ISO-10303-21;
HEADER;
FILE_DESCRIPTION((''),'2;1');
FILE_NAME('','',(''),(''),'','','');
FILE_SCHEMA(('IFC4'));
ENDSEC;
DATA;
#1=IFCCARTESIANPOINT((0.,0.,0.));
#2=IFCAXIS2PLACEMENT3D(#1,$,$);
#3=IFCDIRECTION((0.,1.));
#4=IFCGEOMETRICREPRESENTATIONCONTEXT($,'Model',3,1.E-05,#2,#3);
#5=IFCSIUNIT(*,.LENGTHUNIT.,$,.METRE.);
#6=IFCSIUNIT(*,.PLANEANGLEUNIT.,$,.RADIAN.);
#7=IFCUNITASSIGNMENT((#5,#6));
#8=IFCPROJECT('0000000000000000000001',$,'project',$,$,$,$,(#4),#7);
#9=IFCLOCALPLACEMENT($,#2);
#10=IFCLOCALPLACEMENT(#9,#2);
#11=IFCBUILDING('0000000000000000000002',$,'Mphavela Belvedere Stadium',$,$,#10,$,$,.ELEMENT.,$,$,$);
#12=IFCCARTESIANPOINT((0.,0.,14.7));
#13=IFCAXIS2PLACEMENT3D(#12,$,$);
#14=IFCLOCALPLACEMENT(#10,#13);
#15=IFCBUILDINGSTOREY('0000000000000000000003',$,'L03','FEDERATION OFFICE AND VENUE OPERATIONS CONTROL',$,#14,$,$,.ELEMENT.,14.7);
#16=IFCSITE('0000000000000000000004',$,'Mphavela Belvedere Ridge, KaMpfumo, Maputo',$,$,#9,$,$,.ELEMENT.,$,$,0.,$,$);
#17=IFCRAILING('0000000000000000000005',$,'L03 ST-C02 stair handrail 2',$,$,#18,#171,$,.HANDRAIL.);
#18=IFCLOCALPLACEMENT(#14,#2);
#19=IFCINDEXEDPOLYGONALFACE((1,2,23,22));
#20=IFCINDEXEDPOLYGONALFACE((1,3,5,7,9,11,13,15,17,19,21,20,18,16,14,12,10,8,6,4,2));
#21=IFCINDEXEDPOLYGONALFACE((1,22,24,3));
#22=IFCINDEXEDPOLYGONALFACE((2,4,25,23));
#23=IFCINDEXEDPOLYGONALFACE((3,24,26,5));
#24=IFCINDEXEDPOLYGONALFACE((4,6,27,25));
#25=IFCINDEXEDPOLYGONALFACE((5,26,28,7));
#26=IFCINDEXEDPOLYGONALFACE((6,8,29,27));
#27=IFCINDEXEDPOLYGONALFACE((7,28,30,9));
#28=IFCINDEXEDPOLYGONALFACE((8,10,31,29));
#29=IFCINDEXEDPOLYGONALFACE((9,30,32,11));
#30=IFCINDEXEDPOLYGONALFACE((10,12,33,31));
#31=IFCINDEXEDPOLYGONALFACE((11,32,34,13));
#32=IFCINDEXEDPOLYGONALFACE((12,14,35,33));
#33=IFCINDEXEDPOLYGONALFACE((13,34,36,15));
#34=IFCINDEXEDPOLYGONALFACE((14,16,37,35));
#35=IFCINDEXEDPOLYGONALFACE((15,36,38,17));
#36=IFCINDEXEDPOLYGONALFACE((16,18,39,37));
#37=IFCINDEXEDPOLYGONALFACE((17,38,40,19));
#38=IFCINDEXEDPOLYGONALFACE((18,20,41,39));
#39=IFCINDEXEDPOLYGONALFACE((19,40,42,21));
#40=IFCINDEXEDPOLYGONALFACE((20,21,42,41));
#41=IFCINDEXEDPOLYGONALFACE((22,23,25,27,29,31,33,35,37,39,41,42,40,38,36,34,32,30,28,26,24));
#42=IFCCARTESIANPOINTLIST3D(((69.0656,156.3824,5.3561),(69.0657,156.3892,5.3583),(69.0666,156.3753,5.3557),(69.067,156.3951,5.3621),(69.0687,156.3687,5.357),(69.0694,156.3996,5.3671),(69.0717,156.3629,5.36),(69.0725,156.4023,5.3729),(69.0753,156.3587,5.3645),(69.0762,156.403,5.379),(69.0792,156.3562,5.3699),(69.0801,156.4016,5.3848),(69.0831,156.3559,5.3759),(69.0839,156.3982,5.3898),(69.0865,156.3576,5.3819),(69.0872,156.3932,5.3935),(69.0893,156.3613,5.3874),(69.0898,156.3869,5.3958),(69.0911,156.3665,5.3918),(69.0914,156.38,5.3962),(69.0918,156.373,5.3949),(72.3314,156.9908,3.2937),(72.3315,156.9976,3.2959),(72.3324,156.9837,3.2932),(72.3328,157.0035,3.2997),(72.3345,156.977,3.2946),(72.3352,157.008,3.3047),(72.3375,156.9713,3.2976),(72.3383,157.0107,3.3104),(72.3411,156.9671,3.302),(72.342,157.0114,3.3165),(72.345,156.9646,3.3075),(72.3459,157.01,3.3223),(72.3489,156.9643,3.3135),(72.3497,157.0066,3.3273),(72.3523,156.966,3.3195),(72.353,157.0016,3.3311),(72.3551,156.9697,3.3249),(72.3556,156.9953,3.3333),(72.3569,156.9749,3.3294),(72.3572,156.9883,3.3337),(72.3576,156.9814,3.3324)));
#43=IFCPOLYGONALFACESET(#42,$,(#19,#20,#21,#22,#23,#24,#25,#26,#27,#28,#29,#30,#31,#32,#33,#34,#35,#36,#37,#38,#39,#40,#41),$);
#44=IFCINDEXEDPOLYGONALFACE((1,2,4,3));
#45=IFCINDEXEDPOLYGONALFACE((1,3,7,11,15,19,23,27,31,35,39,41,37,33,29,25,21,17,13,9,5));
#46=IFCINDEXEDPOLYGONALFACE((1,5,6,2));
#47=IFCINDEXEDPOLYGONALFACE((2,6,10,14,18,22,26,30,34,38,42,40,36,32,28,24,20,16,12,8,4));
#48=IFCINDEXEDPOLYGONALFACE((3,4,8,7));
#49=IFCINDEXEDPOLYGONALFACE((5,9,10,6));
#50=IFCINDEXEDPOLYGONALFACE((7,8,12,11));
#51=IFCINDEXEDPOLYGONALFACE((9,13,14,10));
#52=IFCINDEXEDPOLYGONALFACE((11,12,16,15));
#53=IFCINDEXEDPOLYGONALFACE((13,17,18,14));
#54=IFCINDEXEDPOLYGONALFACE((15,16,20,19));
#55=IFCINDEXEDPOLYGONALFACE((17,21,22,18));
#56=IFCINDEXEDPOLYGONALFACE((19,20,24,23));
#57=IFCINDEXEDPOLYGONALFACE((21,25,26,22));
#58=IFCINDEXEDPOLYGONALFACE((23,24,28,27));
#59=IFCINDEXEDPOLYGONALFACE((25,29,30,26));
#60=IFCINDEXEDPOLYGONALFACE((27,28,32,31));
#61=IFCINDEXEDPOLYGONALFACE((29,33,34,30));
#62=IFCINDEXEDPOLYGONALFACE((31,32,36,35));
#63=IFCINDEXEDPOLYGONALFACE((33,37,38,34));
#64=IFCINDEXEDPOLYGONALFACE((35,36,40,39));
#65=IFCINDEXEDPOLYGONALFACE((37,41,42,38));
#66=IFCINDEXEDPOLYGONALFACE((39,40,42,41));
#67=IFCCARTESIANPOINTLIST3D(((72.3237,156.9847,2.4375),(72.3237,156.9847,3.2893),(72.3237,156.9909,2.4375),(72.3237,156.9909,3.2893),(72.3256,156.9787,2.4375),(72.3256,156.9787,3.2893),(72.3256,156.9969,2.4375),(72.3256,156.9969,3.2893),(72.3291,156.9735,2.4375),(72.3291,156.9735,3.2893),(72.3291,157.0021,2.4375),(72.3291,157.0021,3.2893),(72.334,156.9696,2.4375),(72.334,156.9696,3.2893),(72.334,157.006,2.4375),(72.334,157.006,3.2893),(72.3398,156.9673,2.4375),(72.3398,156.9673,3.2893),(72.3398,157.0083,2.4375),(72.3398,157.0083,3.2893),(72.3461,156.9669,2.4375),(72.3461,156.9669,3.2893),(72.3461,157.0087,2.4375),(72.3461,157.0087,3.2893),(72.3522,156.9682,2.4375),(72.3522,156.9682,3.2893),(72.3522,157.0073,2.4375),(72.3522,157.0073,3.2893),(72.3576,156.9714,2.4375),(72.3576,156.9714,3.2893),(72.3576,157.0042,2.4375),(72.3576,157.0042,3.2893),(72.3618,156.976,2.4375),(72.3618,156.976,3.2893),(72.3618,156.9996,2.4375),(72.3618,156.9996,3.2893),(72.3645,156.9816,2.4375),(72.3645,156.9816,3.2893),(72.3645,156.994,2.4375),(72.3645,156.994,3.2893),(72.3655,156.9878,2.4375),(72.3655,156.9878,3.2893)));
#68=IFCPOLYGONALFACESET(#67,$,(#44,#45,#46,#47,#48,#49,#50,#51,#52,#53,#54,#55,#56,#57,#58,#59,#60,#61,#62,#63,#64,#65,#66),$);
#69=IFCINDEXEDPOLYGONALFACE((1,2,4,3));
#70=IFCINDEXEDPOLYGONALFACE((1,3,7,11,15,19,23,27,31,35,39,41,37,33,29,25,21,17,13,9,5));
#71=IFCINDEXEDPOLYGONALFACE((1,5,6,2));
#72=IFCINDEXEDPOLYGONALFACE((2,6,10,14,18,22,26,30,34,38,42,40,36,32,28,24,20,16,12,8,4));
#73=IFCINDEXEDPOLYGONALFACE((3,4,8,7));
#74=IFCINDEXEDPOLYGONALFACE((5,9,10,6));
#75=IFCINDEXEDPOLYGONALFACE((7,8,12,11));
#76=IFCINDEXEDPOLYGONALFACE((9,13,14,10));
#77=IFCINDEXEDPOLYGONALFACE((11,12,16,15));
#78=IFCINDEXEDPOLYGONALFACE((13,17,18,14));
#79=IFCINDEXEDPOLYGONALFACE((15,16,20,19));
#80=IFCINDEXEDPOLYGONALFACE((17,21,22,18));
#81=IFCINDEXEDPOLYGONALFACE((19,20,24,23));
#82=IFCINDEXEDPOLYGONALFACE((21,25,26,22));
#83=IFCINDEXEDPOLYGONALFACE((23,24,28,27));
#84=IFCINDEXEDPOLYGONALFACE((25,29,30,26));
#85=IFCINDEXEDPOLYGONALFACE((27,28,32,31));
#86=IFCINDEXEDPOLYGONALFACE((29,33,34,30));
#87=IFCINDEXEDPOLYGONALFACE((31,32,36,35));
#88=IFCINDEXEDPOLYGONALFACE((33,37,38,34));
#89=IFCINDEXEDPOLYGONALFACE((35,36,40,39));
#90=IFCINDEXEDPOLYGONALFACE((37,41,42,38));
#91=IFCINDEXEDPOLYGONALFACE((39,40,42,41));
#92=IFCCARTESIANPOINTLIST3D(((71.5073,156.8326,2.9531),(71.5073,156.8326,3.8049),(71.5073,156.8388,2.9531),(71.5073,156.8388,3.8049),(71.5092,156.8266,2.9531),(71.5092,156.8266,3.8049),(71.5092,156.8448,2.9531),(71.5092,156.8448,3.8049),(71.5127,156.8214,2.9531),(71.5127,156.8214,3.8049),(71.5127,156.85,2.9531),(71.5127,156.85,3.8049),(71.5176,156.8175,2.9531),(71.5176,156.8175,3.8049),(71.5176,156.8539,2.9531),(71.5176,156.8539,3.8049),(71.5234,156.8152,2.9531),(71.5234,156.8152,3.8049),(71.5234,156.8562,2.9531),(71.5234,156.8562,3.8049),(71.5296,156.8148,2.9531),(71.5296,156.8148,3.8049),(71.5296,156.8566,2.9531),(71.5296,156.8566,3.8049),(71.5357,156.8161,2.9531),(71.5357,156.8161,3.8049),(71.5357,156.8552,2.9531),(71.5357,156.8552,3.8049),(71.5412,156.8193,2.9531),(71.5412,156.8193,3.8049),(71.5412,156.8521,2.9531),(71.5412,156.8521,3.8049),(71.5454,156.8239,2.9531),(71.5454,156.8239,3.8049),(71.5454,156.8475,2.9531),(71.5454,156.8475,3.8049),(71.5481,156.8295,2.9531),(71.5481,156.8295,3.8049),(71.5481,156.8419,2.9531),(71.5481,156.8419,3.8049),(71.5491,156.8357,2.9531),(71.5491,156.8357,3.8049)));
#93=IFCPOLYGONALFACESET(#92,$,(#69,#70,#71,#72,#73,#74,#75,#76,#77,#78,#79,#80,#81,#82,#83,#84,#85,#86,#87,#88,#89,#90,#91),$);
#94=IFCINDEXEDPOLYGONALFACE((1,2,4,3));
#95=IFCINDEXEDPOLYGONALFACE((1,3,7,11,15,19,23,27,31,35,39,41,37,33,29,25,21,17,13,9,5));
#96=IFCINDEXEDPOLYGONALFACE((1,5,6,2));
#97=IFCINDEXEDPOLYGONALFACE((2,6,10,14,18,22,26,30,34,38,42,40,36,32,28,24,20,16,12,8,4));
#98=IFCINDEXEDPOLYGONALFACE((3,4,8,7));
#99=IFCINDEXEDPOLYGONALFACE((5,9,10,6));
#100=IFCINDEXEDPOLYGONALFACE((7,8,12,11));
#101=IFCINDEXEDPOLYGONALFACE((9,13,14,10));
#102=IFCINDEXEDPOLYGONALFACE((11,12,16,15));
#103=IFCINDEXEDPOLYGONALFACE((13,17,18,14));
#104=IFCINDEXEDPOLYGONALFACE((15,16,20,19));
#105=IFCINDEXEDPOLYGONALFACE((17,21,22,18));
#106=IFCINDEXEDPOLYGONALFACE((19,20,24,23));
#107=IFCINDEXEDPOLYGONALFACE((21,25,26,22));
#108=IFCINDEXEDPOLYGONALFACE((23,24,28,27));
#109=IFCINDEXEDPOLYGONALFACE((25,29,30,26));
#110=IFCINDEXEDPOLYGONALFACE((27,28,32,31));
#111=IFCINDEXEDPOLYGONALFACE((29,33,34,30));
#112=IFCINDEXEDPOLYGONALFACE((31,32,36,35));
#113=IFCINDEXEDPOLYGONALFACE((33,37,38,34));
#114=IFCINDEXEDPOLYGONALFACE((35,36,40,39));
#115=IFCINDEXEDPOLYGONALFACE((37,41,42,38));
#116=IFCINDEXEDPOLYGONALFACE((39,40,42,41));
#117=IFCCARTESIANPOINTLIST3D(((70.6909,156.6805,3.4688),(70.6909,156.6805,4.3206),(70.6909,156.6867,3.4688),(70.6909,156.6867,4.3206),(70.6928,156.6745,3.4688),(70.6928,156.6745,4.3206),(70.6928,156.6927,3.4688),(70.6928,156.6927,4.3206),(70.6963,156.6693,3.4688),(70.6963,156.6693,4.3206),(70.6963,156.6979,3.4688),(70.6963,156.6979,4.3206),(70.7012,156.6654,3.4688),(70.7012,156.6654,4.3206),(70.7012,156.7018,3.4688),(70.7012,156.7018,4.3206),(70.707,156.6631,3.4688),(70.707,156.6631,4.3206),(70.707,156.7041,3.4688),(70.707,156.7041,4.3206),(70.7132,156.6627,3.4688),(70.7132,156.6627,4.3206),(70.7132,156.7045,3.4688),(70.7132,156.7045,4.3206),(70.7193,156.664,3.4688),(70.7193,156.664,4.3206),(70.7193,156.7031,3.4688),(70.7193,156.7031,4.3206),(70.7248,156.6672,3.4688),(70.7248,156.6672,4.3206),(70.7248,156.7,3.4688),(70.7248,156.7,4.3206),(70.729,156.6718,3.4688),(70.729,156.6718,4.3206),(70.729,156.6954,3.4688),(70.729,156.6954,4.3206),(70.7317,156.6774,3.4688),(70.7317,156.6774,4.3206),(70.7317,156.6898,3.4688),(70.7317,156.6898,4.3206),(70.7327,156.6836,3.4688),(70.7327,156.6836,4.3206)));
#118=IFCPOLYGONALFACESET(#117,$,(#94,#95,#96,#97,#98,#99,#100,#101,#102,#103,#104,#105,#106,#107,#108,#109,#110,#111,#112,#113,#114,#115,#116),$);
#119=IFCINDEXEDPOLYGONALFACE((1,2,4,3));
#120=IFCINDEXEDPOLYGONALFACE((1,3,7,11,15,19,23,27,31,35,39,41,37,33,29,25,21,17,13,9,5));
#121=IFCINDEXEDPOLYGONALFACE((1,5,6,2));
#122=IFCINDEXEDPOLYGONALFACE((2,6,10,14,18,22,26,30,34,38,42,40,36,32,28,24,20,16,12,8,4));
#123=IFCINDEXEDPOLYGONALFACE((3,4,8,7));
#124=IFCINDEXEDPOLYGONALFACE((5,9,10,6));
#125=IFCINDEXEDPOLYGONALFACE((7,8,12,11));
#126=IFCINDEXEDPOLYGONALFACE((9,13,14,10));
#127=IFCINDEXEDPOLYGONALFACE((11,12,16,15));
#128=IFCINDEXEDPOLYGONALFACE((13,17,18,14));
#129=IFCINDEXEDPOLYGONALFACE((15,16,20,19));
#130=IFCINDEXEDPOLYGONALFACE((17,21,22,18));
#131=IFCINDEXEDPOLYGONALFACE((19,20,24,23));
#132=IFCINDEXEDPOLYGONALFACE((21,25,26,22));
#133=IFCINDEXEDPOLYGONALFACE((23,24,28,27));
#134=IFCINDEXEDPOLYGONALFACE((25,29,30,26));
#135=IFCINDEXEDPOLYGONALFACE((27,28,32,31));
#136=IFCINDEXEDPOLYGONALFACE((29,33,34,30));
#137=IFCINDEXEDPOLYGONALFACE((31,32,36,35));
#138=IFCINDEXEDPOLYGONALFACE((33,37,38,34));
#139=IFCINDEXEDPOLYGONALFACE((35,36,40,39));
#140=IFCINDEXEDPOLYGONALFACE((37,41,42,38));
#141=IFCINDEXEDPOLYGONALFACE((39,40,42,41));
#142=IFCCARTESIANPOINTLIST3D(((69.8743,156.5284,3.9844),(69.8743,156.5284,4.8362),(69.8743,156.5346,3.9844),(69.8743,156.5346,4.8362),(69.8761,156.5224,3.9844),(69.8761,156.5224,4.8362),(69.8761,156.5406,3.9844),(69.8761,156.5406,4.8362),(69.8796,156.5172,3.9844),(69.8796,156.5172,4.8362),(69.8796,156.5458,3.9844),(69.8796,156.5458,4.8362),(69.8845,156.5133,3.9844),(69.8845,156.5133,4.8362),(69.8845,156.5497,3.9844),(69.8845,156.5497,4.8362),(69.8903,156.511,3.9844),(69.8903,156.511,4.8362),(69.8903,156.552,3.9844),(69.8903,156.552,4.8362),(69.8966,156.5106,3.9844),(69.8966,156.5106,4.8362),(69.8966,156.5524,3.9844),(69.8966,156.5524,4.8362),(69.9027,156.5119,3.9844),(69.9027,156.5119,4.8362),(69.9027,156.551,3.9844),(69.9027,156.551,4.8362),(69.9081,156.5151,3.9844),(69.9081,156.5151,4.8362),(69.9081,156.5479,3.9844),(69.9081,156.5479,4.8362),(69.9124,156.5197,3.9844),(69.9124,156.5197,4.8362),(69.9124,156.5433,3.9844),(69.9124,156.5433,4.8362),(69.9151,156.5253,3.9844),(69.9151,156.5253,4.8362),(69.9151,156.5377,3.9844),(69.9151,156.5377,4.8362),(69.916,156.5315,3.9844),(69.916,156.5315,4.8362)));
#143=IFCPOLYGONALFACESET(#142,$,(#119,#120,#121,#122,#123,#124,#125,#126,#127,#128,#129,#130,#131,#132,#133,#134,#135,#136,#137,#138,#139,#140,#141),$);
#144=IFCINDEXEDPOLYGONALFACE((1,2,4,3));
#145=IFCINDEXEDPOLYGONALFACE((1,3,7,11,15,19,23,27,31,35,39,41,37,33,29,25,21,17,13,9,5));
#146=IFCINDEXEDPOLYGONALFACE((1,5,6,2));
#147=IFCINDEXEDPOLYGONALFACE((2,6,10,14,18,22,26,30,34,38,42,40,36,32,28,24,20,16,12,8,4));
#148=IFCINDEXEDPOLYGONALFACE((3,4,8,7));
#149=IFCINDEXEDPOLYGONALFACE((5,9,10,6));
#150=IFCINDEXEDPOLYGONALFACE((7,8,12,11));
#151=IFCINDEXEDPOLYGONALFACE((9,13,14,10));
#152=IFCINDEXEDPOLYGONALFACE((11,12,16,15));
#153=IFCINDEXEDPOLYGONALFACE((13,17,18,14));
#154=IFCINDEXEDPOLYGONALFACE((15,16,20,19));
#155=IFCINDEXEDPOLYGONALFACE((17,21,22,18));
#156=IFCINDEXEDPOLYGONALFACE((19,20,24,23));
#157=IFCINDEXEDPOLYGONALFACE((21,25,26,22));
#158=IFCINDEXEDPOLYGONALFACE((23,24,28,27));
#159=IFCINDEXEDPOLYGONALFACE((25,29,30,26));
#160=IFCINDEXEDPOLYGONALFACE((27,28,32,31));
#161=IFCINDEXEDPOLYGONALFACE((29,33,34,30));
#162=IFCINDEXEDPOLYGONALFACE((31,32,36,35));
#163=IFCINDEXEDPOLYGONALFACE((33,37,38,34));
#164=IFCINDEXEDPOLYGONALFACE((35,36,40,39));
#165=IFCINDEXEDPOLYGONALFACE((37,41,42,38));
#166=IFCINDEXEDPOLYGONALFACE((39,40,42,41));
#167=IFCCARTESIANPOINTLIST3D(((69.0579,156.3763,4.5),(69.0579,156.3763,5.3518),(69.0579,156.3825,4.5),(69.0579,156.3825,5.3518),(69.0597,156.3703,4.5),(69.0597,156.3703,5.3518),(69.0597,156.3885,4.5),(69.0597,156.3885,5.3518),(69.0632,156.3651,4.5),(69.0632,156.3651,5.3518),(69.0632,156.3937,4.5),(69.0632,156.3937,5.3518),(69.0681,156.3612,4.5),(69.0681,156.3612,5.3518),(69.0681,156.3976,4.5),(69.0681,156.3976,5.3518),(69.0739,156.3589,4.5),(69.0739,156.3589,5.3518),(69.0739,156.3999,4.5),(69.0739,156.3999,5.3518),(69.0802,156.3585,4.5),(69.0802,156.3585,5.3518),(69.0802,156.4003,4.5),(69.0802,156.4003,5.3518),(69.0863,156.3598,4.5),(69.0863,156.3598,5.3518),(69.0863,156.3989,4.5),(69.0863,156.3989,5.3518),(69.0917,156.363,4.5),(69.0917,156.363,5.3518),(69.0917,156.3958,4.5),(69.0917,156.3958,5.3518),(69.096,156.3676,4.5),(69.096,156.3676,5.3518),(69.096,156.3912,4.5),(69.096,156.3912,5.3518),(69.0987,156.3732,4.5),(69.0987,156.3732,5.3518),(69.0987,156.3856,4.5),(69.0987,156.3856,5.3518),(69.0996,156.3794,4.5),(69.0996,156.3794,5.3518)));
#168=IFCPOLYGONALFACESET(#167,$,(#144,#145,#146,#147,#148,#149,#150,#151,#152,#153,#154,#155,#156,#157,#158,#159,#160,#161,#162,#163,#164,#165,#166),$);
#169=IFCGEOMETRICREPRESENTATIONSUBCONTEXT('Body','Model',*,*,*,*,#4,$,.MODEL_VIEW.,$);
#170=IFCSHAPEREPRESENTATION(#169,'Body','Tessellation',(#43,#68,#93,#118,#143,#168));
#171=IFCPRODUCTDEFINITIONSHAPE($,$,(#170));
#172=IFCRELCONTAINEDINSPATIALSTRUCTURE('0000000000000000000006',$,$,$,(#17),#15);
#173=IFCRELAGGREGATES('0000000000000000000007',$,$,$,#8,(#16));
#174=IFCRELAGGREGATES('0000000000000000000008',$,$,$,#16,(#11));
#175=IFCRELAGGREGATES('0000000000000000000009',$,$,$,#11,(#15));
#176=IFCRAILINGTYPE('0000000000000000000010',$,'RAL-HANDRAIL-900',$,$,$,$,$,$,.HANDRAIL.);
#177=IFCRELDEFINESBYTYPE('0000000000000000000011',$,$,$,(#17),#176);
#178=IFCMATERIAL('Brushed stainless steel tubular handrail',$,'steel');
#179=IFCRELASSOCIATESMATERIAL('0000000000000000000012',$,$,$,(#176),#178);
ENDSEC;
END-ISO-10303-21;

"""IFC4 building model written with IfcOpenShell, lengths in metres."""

from ifc_helpers import new_model, si_unit, direction, frame, origin, origin_2d, place, context, subcontext, project, spatial, circle, extrude, material, type_object, element, save


model = new_model("IFC4")

# Units and contexts
model_context = context("Model", 3, precision=1e-05, world=origin(), true_north=direction((0.0, 1.0)))
body_context = subcontext(model_context, "Body", "Model", "MODEL_VIEW")
ifc_project = project(units=[si_unit("LENGTHUNIT", "METRE"), si_unit("PLANEANGLEUNIT", "RADIAN")], contexts=[model_context])

# Site, building, storey
site_placement = place(None, origin())
site = spatial("IfcSite", under=ifc_project, at=site_placement, Name="Mphavela Belvedere Ridge, KaMpfumo, Maputo", CompositionType="ELEMENT", RefElevation=0.0)
building_placement = place(site_placement, origin())
building = spatial("IfcBuilding", under=site, at=building_placement, Name="Mphavela Belvedere Stadium", CompositionType="ELEMENT")
storey_placement = place(building_placement, frame((0.0, 0.0, 14.7)))
storey = spatial("IfcBuildingStorey", under=building, at=storey_placement, Name="L03", Description="FEDERATION OFFICE AND VENUE OPERATIONS CONTROL", CompositionType="ELEMENT", Elevation=14.7)

# Railing
ifc_material_1 = material(Name="Brushed stainless steel tubular handrail", Category="steel")
railing_type_1 = type_object("IfcRailingType", Name="RAL-HANDRAIL-900", PredefinedType="HANDRAIL", material=ifc_material_1)
railing_1_placement = place(storey_placement, frame((72.3445, 156.9878, 2.4375)))
element("IfcRailing", 1, at=railing_1_placement, inside=storey, type_object=railing_type_1, Name="L03 ST-C02 stair handrail 2", PredefinedType="HANDRAIL", context=body_context, shape_type="SweptSolid", body=[
    extrude(circle(Radius=0.0239, at=origin_2d()), frame((0.0, 0.0, 0.876), z_axis=(-0.83521, -0.155591, 0.527462), x_axis=(0.183139, -0.983087, 0.0)), (0.0, 0.0, 1.0), 3.9102),
    extrude(circle(Radius=0.021, at=origin_2d()), origin(), (0.0, 0.0, 1.0), 0.8518),
    extrude(circle(Radius=0.021, at=origin_2d()), frame((-0.8164, -0.1521, 0.5156)), (0.0, 0.0, 1.0), 0.8518),
    extrude(circle(Radius=0.021, at=origin_2d()), frame((-1.6328, -0.3042, 1.0312)), (0.0, 0.0, 1.0), 0.8518),
    extrude(circle(Radius=0.021, at=origin_2d()), frame((-2.4495, -0.4563, 1.5469)), (0.0, 0.0, 1.0), 0.8518),
    extrude(circle(Radius=0.021, at=origin_2d()), frame((-3.2659, -0.6084, 2.0625)), (0.0, 0.0, 1.0), 0.8518),
])

save(model, "model.ifc")
